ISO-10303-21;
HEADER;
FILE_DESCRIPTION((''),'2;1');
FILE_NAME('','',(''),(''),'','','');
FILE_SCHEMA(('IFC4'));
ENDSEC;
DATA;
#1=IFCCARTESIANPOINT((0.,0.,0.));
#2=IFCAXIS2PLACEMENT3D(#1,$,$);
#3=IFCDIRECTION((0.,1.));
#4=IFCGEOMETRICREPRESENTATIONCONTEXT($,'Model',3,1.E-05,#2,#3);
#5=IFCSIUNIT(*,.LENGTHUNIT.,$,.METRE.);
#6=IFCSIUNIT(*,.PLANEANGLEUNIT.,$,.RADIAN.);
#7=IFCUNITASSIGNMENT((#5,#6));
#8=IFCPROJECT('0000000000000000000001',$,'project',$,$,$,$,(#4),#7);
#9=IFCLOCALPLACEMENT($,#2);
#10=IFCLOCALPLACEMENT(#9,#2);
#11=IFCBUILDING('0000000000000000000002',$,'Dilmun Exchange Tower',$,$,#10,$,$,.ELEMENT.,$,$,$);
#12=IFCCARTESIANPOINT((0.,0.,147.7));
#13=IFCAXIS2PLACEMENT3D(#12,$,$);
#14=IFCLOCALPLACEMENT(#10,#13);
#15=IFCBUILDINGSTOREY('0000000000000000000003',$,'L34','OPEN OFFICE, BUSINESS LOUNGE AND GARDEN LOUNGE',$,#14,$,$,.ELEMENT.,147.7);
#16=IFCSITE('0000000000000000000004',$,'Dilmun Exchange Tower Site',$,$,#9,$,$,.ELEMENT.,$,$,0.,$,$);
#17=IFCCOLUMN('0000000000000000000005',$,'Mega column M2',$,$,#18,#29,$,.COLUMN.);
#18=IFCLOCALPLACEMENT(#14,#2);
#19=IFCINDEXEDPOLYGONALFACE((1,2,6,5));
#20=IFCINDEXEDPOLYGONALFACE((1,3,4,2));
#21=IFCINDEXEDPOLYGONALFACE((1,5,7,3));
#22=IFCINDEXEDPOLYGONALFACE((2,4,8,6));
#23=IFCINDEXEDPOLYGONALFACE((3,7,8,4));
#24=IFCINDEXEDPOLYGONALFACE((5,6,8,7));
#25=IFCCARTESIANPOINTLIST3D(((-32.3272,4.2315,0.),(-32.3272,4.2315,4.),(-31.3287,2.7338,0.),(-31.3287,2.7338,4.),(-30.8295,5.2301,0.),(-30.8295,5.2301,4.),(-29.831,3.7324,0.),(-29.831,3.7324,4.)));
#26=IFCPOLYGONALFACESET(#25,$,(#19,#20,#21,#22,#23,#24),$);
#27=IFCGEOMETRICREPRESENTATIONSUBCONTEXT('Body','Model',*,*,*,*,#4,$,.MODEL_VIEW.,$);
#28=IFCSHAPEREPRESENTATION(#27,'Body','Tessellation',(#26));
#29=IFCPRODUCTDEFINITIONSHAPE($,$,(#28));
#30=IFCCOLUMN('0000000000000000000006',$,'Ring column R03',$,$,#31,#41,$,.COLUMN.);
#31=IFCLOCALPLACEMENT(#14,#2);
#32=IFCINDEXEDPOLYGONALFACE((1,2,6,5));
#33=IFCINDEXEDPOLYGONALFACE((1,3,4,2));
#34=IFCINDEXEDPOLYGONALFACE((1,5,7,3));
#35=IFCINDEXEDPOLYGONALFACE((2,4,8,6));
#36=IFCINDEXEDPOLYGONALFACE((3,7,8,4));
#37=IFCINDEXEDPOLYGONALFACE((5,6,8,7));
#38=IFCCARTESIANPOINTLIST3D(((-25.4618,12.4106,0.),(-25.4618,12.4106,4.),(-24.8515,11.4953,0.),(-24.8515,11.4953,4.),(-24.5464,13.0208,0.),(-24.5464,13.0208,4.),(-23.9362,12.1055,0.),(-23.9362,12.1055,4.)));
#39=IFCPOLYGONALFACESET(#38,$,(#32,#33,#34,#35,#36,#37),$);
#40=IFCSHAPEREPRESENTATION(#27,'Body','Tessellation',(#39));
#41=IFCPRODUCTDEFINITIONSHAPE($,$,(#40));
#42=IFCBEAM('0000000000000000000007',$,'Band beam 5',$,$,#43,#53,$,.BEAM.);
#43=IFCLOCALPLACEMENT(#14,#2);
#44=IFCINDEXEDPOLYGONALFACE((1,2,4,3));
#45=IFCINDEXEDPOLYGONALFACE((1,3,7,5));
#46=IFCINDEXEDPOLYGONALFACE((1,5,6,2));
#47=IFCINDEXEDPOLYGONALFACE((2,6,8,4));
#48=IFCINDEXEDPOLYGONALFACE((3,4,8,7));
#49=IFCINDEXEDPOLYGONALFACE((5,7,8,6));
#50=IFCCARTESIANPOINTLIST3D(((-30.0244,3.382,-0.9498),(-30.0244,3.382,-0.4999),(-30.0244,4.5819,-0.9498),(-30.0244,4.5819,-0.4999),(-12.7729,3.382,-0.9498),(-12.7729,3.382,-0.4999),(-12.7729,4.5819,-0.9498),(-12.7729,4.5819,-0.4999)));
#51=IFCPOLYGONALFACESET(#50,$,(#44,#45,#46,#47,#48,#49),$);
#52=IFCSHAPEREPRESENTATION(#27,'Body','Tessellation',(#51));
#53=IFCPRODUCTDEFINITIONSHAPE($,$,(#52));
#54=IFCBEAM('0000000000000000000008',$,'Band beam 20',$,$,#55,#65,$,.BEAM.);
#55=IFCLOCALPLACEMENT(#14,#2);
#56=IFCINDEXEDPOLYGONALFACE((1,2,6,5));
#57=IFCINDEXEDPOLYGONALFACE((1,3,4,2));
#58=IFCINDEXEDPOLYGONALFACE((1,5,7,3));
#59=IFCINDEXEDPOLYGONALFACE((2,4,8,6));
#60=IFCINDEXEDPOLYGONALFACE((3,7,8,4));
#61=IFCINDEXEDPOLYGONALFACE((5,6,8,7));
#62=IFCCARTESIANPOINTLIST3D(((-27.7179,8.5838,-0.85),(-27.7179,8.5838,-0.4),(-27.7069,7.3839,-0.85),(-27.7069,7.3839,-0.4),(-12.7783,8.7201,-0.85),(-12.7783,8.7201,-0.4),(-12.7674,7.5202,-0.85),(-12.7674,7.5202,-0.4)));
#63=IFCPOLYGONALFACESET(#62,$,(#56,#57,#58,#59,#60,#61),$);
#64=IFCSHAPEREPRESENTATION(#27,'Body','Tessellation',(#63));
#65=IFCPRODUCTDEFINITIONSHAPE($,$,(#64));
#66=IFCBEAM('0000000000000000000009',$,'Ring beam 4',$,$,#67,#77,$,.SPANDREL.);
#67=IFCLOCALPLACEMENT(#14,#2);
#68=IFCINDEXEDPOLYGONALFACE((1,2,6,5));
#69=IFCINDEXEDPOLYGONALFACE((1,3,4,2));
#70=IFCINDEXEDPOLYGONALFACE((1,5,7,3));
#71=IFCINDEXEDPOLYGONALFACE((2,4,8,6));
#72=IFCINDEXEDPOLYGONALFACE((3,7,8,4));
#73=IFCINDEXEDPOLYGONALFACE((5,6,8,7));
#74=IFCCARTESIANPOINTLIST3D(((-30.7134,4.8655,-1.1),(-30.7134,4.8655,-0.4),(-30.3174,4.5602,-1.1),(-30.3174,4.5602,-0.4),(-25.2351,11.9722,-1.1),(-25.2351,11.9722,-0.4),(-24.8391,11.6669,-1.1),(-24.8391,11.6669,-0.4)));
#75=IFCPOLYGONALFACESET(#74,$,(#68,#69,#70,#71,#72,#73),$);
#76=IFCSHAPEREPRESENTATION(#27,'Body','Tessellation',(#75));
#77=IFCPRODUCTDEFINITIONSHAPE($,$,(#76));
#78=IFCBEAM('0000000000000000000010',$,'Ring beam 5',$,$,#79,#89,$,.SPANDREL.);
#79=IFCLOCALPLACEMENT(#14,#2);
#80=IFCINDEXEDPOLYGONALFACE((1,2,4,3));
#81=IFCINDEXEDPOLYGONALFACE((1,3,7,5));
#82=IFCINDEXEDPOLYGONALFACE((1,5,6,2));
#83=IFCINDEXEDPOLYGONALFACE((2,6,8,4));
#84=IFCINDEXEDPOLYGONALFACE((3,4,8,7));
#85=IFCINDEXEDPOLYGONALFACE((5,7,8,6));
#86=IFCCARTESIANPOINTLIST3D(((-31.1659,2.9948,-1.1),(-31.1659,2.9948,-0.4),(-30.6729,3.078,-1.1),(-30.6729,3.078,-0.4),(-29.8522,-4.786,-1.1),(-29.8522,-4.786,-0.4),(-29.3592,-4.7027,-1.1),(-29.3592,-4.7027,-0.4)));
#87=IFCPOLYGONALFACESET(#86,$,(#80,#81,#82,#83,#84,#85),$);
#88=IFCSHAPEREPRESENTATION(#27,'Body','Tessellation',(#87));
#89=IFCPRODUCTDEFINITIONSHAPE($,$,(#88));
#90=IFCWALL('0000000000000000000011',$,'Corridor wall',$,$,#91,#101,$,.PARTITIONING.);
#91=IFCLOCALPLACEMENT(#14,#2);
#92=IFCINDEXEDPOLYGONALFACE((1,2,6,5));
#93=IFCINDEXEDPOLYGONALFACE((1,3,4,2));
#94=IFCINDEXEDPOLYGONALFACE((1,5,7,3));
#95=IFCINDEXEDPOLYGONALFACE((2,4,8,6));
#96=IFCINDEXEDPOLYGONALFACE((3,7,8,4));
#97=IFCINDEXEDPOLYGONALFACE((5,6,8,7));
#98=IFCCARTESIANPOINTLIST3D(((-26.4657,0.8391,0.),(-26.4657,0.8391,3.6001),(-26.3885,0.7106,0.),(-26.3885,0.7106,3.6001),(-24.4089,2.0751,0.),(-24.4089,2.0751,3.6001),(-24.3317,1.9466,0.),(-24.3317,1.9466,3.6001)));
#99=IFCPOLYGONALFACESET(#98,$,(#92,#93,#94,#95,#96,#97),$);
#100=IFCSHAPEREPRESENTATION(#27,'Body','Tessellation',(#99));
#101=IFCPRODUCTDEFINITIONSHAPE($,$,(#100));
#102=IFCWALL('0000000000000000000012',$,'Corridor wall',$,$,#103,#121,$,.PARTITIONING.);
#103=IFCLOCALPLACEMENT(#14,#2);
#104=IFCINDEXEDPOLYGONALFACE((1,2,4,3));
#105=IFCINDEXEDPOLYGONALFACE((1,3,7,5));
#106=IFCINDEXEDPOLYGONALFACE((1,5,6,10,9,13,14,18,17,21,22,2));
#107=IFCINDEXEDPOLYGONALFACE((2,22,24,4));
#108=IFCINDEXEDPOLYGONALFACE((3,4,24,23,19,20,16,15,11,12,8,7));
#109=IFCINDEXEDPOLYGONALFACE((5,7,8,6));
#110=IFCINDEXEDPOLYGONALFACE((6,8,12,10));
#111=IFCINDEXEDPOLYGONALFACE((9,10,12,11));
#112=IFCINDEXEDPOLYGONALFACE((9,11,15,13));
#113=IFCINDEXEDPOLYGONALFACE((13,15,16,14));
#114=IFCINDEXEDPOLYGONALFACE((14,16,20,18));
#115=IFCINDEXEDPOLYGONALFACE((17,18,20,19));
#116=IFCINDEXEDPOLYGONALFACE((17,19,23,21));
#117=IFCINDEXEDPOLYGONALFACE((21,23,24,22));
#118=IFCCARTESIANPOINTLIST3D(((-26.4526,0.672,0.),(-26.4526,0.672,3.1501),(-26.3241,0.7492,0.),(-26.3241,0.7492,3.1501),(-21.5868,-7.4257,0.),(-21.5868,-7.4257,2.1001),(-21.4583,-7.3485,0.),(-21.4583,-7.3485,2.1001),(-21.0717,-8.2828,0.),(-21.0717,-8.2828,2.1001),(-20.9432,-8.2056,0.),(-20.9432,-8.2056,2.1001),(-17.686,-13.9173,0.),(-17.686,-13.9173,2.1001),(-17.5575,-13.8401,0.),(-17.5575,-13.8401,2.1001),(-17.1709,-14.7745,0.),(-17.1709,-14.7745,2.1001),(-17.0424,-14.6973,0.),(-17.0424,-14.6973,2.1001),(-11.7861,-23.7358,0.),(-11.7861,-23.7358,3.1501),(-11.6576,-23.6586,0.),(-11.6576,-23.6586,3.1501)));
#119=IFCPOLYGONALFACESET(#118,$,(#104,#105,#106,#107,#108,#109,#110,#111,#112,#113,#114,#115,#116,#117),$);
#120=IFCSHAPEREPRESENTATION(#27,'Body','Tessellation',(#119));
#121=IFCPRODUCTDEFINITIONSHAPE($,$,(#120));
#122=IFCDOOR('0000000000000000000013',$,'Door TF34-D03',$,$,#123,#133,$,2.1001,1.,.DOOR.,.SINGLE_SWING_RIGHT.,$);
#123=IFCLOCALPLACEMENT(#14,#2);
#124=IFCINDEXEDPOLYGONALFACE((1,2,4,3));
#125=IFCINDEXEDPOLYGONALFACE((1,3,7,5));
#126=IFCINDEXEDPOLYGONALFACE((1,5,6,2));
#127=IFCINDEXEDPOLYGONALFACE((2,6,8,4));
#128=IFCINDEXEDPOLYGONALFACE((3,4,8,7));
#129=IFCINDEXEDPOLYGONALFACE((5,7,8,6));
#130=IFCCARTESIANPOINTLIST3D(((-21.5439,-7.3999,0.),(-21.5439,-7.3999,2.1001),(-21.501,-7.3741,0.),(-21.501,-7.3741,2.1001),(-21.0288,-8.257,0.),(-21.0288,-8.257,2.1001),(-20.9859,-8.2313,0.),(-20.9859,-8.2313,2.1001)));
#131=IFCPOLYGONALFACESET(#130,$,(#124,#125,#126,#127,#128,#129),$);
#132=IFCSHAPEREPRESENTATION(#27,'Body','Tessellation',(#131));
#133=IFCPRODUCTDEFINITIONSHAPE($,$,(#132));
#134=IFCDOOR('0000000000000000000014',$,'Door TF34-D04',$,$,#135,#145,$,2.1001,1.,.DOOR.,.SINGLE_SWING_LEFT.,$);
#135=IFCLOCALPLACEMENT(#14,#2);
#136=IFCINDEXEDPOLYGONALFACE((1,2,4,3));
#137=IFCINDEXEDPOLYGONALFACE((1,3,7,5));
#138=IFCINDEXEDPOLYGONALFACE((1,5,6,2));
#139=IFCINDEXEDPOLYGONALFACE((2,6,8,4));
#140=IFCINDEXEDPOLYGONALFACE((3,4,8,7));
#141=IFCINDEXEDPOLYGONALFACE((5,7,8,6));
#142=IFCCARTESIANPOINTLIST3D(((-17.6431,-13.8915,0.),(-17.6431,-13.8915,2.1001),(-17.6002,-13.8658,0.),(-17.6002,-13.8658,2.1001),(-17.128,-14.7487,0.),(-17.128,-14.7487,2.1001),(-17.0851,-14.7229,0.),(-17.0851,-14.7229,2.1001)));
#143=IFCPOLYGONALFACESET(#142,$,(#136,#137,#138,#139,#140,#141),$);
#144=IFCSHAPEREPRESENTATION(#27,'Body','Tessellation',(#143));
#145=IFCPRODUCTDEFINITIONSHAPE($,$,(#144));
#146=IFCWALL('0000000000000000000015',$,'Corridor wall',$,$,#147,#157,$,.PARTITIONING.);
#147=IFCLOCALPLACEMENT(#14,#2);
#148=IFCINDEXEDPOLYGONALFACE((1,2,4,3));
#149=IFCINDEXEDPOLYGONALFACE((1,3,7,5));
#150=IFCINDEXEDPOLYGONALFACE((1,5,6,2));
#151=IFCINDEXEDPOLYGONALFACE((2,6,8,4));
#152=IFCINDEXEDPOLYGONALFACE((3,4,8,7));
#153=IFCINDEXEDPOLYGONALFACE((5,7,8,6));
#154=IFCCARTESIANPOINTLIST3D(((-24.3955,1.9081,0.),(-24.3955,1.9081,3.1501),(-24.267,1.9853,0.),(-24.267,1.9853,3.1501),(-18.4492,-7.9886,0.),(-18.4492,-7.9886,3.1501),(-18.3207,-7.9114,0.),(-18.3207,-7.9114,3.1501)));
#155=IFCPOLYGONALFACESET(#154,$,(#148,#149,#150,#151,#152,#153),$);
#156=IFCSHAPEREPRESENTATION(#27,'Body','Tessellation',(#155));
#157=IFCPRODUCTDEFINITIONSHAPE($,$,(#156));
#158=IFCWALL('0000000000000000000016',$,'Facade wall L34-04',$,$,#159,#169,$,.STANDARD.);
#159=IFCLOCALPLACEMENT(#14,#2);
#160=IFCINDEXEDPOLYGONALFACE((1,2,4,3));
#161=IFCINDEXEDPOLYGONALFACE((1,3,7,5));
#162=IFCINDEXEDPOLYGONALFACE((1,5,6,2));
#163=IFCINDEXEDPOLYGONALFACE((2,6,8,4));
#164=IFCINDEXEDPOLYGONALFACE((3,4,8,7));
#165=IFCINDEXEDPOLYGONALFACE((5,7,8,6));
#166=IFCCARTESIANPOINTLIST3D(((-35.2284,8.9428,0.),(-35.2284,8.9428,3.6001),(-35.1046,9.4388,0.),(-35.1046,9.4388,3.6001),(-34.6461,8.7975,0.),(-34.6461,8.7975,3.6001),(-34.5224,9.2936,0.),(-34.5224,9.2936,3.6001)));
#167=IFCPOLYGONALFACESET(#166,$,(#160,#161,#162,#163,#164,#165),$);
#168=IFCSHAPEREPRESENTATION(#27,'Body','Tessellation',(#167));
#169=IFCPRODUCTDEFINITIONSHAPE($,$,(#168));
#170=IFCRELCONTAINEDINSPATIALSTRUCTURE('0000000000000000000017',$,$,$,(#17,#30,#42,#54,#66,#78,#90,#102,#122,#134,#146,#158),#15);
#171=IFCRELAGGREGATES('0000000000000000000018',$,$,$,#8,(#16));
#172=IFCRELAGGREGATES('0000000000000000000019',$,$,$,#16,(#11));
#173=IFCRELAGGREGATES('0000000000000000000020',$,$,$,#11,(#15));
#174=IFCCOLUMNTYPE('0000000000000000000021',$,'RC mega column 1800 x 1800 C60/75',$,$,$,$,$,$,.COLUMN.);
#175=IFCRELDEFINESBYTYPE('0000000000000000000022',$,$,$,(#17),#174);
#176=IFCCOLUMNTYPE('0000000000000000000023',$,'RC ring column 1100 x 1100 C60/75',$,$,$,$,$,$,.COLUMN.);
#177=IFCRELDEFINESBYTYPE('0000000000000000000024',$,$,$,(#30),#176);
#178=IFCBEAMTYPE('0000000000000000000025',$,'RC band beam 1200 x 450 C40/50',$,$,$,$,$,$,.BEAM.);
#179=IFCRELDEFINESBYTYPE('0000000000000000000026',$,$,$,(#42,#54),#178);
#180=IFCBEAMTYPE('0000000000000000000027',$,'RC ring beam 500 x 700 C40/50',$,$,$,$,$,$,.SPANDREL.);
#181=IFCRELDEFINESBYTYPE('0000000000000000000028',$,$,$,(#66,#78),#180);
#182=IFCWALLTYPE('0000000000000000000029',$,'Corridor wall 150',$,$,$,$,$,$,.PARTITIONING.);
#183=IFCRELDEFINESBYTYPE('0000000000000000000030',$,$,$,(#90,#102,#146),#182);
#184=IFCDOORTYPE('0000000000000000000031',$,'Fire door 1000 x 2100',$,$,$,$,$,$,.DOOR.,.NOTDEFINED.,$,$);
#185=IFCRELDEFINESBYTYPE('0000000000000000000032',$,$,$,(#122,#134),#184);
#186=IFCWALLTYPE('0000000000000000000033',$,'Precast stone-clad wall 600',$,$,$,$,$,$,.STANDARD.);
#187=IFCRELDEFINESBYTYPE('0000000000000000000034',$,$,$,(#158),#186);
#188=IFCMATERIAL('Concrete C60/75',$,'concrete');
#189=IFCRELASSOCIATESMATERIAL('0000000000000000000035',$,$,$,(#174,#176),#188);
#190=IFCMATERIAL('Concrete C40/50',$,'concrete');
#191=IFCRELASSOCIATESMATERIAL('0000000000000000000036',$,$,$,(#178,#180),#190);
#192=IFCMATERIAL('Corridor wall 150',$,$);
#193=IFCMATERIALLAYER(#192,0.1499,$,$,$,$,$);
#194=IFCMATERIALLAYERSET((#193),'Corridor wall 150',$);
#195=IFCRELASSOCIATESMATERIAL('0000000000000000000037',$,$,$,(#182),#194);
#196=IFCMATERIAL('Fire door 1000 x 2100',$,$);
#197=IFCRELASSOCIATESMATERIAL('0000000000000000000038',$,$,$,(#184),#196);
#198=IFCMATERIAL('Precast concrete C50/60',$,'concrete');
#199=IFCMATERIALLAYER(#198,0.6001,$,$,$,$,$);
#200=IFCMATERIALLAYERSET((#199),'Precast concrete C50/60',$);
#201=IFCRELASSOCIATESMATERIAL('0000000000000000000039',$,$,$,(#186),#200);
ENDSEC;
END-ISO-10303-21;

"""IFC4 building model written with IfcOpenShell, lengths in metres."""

from ifc_helpers import new_model, si_unit, direction, frame, frame_2d, origin, origin_2d, place, context, subcontext, project, spatial, rectangle, extrude, material, layer, layer_set, material_profile, profile_set, type_object, element, fill, save


model = new_model("IFC4")

# Units and contexts
model_context = context("Model", 3, precision=1e-05, world=origin(), true_north=direction((0.0, 1.0)))
body_context = subcontext(model_context, "Body", "Model", "MODEL_VIEW")
ifc_project = project(units=[si_unit("LENGTHUNIT", "METRE"), si_unit("PLANEANGLEUNIT", "RADIAN")], contexts=[model_context])

# Site, building, storey
site_placement = place(None, origin())
site = spatial("IfcSite", under=ifc_project, at=site_placement, Name="Dilmun Exchange Tower Site", CompositionType="ELEMENT", RefElevation=0.0)
building_placement = place(site_placement, origin())
building = spatial("IfcBuilding", under=site, at=building_placement, Name="Dilmun Exchange Tower", CompositionType="ELEMENT")
storey_placement = place(building_placement, frame((0.0, 0.0, 147.7)))
storey = spatial("IfcBuildingStorey", under=building, at=storey_placement, Name="L34", Description="OPEN OFFICE, BUSINESS LOUNGE AND GARDEN LOUNGE", CompositionType="ELEMENT", Elevation=147.7)

# Columns
ifc_material_1 = material(Name="Concrete C60/75", Category="concrete")
ifc_material_profile_1 = material_profile(ifc_material_1, rectangle(XDim=1.8, YDim=1.8, at=origin_2d()), Name="1800 x 1800")
ifc_profile_set_1 = profile_set([ifc_material_profile_1], Name="Concrete C60/75")
column_type_1 = type_object("IfcColumnType", Name="RC mega column 1800 x 1800 C60/75", PredefinedType="COLUMN", material=ifc_profile_set_1)
column_1_placement = place(storey_placement, frame((-31.0791, 3.9819, 0.0), z_axis=(0.0, 0.0, 1.0), x_axis=(0.832029, 0.554733, 0.0)))
element("IfcColumn", 1, at=column_1_placement, inside=storey, type_object=column_type_1, Name="Mega column M2", PredefinedType="COLUMN", context=body_context, shape_type="SweptSolid", body=[
    extrude(rectangle(XDim=1.8, YDim=1.8, at=origin_2d()), origin(), (0.0, 0.0, 1.0), 4.0),
])
ifc_material_profile_2 = material_profile(ifc_material_1, rectangle(XDim=1.1001, YDim=1.1001, at=origin_2d()), Name="1100 x 1100")
ifc_profile_set_2 = profile_set([ifc_material_profile_2], Name="Concrete C60/75")
column_type_2 = type_object("IfcColumnType", Name="RC ring column 1100 x 1100 C60/75", PredefinedType="COLUMN", material=ifc_profile_set_2)
column_2_placement = place(storey_placement, frame((-24.699, 12.2581, 0.0), z_axis=(0.0, 0.0, 1.0), x_axis=(0.832029, 0.554733, 0.0)))
element("IfcColumn", 2, at=column_2_placement, inside=storey, type_object=column_type_2, Name="Ring column R03", PredefinedType="COLUMN", context=body_context, shape_type="SweptSolid", body=[
    extrude(rectangle(XDim=1.1001, YDim=1.1001, at=origin_2d()), origin(), (0.0, 0.0, 1.0), 4.0),
])

# Beams
ifc_material_2 = material(Name="Concrete C40/50", Category="concrete")
ifc_material_profile_3 = material_profile(ifc_material_2, rectangle(XDim=1.2, YDim=0.45, at=origin_2d()), Name="1200 x 450")
ifc_profile_set_3 = profile_set([ifc_material_profile_3], Name="Concrete C40/50")
beam_type_1 = type_object("IfcBeamType", Name="RC band beam 1200 x 450 C40/50", PredefinedType="BEAM", material=ifc_profile_set_3)
beam_1_placement = place(storey_placement, frame((-30.0244, 3.9819, -0.7249), z_axis=(1.0, 0.0, 0.0), x_axis=(0.0, 1.0, 0.0)))
element("IfcBeam", 3, at=beam_1_placement, inside=storey, type_object=beam_type_1, Name="Band beam 5", PredefinedType="BEAM", context=body_context, shape_type="SweptSolid", body=[
    extrude(rectangle(XDim=1.2, YDim=0.45, at=origin_2d()), origin(), (0.0, 0.0, 1.0), 17.2515),
])
beam_2_placement = place(storey_placement, frame((-27.7124, 7.9839, -0.625), z_axis=(0.999958, 0.009118, 0.0), x_axis=(-0.009118, 0.999958, 0.0)))
element("IfcBeam", 4, at=beam_2_placement, inside=storey, type_object=beam_type_1, Name="Band beam 20", PredefinedType="BEAM", context=body_context, shape_type="SweptSolid", body=[
    extrude(rectangle(XDim=1.2, YDim=0.45, at=origin_2d()), origin(), (0.0, 0.0, 1.0), 14.9402),
])
ifc_material_profile_4 = material_profile(ifc_material_2, rectangle(XDim=0.5, YDim=0.7, at=origin_2d()), Name="500 x 700")
ifc_profile_set_4 = profile_set([ifc_material_profile_4], Name="Concrete C40/50")
beam_type_2 = type_object("IfcBeamType", Name="RC ring beam 500 x 700 C40/50", PredefinedType="SPANDREL", material=ifc_profile_set_4)
beam_3_placement = place(storey_placement, frame((-25.0371, 11.8196, -0.75), z_axis=(-0.610522, -0.792, 0.0), x_axis=(0.792, -0.610522, 0.0)))
element("IfcBeam", 5, at=beam_3_placement, inside=storey, type_object=beam_type_2, Name="Ring beam 4", PredefinedType="SPANDREL", context=body_context, shape_type="SweptSolid", body=[
    extrude(rectangle(XDim=0.5, YDim=0.7, at=origin_2d()), origin(), (0.0, 0.0, 1.0), 8.9731),
])
beam_4_placement = place(storey_placement, frame((-30.9194, 3.0364, -0.75), z_axis=(0.166486, -0.986044, 0.0), x_axis=(0.986044, 0.166486, 0.0)))
element("IfcBeam", 6, at=beam_4_placement, inside=storey, type_object=beam_type_2, Name="Ring beam 5", PredefinedType="SPANDREL", context=body_context, shape_type="SweptSolid", body=[
    extrude(rectangle(XDim=0.5, YDim=0.7, at=origin_2d()), origin(), (0.0, 0.0, 1.0), 7.8909),
])

# Wall
ifc_material_3 = material(Name="Corridor wall 150")
ifc_layer_1 = layer(ifc_material_3, 0.1499)
ifc_layer_set_1 = layer_set([ifc_layer_1], Name="Corridor wall 150")
wall_type_1 = type_object("IfcWallType", Name="Corridor wall 150", PredefinedType="PARTITIONING", material=ifc_layer_set_1)
wall_1_placement = place(storey_placement, frame((-26.427, 0.7749, 0.0), z_axis=(0.0, 0.0, 1.0), x_axis=(0.857134, 0.515094, 0.0)))
element("IfcWall", 7, at=wall_1_placement, inside=storey, type_object=wall_type_1, Name="Corridor wall", PredefinedType="PARTITIONING", context=body_context, shape_type="SweptSolid", body=[
    extrude(rectangle(XDim=2.3997, YDim=0.1499, at=frame_2d((1.1997, 0.0))), origin(), (0.0, 0.0, 1.0), 3.6001),
])

# Wall, openings, doors
wall_2_placement = place(storey_placement, frame((-26.3884, 0.7107, 0.0), z_axis=(0.0, 0.0, 1.0), x_axis=(0.515061, -0.857154, 0.0)))
wall_2 = element("IfcWall", 8, at=wall_2_placement, inside=storey, type_object=wall_type_1, Name="Corridor wall", PredefinedType="PARTITIONING", context=body_context, shape_type="SweptSolid", body=[
    extrude(rectangle(XDim=28.4753, YDim=0.1499, at=frame_2d((14.2378, 0.0))), origin(), (0.0, 0.0, 1.0), 3.1501),
])
opening_1_placement = place(wall_2_placement, frame((9.4473, 0.0, 0.0)))
opening_1 = element("IfcOpeningElement", 9, at=opening_1_placement, cuts=wall_2, PredefinedType="OPENING", context=body_context, shape_type="SweptSolid", body=[
    extrude(rectangle(XDim=1.0, YDim=2.1001, at=frame_2d((0.5, 1.05))), frame((0.0, 0.085, 0.0), z_axis=(0.0, -1.0, 0.0), x_axis=(1.0, 0.0, 0.0)), (0.0, 0.0, 1.0), 0.1699),
])
opening_2_placement = place(wall_2_placement, frame((17.0208, 0.0, 0.0)))
opening_2 = element("IfcOpeningElement", 10, at=opening_2_placement, cuts=wall_2, PredefinedType="OPENING", context=body_context, shape_type="SweptSolid", body=[
    extrude(rectangle(XDim=1.0, YDim=2.1001, at=frame_2d((0.5, 1.05))), frame((0.0, 0.085, 0.0), z_axis=(0.0, -1.0, 0.0), x_axis=(1.0, 0.0, 0.0)), (0.0, 0.0, 1.0), 0.1699),
])
ifc_material_4 = material(Name="Fire door 1000 x 2100")
door_type = type_object("IfcDoorType", Name="Fire door 1000 x 2100", OperationType="NOTDEFINED", PredefinedType="DOOR", material=ifc_material_4)
door_1_placement = place(opening_1_placement, frame((1.0, 0.0, 0.0), z_axis=(0.0, 0.0, 1.0), x_axis=(-1.0, 0.0, 0.0)))
door_1 = element("IfcDoor", 11, at=door_1_placement, inside=storey, type_object=door_type, Name="Door TF34-D03", OperationType="SINGLE_SWING_RIGHT", OverallHeight=2.1001, OverallWidth=1.0, PredefinedType="DOOR", context=body_context, shape_type="SweptSolid", body=[
    extrude(rectangle(XDim=1.0, YDim=2.1001, at=frame_2d((0.5, 1.05))), frame((0.0, 0.0249, 0.0), z_axis=(0.0, -1.0, 0.0), x_axis=(1.0, 0.0, 0.0)), (0.0, 0.0, 1.0), 0.05),
])
fill(opening_1, door_1)
door_2_placement = place(opening_2_placement, frame((1.0, 0.0, 0.0), z_axis=(0.0, 0.0, 1.0), x_axis=(-1.0, 0.0, 0.0)))
door_2 = element("IfcDoor", 12, at=door_2_placement, inside=storey, type_object=door_type, Name="Door TF34-D04", OperationType="SINGLE_SWING_LEFT", OverallHeight=2.1001, OverallWidth=1.0, PredefinedType="DOOR", context=body_context, shape_type="SweptSolid", body=[
    extrude(rectangle(XDim=1.0, YDim=2.1001, at=frame_2d((0.5, 1.05))), frame((0.0, 0.0249, 0.0), z_axis=(0.0, -1.0, 0.0), x_axis=(1.0, 0.0, 0.0)), (0.0, 0.0, 1.0), 0.05),
])
fill(opening_2, door_2)

# Walls
wall_3_placement = place(storey_placement, frame((-24.3313, 1.9468, 0.0), z_axis=(0.0, 0.0, 1.0), x_axis=(0.515021, -0.857177, 0.0)))
element("IfcWall", 13, at=wall_3_placement, inside=storey, type_object=wall_type_1, Name="Corridor wall", PredefinedType="PARTITIONING", context=body_context, shape_type="SweptSolid", body=[
    extrude(rectangle(XDim=11.5457, YDim=0.1499, at=frame_2d((5.7729, 0.0))), origin(), (0.0, 0.0, 1.0), 3.1501),
])
ifc_material_5 = material(Name="Precast concrete C50/60", Category="concrete")
ifc_layer_2 = layer(ifc_material_5, 0.6001)
ifc_layer_set_2 = layer_set([ifc_layer_2], Name="Precast concrete C50/60")
wall_type_2 = type_object("IfcWallType", Name="Precast stone-clad wall 600", PredefinedType="STANDARD", material=ifc_layer_set_2)
wall_4_placement = place(storey_placement, frame((-34.8135, 9.3662, 0.0), z_axis=(0.0, 0.0, 1.0), x_axis=(-0.242086, -0.970255, 0.0)))
element("IfcWall", 14, at=wall_4_placement, inside=storey, type_object=wall_type_2, Name="Facade wall L34-04", PredefinedType="STANDARD", context=body_context, shape_type="SweptSolid", body=[
    extrude(rectangle(XDim=0.5112, YDim=0.6001, at=frame_2d((0.2556, 0.0))), origin(), (0.0, 0.0, 1.0), 3.6001),
])

save(model, "model.ifc")
